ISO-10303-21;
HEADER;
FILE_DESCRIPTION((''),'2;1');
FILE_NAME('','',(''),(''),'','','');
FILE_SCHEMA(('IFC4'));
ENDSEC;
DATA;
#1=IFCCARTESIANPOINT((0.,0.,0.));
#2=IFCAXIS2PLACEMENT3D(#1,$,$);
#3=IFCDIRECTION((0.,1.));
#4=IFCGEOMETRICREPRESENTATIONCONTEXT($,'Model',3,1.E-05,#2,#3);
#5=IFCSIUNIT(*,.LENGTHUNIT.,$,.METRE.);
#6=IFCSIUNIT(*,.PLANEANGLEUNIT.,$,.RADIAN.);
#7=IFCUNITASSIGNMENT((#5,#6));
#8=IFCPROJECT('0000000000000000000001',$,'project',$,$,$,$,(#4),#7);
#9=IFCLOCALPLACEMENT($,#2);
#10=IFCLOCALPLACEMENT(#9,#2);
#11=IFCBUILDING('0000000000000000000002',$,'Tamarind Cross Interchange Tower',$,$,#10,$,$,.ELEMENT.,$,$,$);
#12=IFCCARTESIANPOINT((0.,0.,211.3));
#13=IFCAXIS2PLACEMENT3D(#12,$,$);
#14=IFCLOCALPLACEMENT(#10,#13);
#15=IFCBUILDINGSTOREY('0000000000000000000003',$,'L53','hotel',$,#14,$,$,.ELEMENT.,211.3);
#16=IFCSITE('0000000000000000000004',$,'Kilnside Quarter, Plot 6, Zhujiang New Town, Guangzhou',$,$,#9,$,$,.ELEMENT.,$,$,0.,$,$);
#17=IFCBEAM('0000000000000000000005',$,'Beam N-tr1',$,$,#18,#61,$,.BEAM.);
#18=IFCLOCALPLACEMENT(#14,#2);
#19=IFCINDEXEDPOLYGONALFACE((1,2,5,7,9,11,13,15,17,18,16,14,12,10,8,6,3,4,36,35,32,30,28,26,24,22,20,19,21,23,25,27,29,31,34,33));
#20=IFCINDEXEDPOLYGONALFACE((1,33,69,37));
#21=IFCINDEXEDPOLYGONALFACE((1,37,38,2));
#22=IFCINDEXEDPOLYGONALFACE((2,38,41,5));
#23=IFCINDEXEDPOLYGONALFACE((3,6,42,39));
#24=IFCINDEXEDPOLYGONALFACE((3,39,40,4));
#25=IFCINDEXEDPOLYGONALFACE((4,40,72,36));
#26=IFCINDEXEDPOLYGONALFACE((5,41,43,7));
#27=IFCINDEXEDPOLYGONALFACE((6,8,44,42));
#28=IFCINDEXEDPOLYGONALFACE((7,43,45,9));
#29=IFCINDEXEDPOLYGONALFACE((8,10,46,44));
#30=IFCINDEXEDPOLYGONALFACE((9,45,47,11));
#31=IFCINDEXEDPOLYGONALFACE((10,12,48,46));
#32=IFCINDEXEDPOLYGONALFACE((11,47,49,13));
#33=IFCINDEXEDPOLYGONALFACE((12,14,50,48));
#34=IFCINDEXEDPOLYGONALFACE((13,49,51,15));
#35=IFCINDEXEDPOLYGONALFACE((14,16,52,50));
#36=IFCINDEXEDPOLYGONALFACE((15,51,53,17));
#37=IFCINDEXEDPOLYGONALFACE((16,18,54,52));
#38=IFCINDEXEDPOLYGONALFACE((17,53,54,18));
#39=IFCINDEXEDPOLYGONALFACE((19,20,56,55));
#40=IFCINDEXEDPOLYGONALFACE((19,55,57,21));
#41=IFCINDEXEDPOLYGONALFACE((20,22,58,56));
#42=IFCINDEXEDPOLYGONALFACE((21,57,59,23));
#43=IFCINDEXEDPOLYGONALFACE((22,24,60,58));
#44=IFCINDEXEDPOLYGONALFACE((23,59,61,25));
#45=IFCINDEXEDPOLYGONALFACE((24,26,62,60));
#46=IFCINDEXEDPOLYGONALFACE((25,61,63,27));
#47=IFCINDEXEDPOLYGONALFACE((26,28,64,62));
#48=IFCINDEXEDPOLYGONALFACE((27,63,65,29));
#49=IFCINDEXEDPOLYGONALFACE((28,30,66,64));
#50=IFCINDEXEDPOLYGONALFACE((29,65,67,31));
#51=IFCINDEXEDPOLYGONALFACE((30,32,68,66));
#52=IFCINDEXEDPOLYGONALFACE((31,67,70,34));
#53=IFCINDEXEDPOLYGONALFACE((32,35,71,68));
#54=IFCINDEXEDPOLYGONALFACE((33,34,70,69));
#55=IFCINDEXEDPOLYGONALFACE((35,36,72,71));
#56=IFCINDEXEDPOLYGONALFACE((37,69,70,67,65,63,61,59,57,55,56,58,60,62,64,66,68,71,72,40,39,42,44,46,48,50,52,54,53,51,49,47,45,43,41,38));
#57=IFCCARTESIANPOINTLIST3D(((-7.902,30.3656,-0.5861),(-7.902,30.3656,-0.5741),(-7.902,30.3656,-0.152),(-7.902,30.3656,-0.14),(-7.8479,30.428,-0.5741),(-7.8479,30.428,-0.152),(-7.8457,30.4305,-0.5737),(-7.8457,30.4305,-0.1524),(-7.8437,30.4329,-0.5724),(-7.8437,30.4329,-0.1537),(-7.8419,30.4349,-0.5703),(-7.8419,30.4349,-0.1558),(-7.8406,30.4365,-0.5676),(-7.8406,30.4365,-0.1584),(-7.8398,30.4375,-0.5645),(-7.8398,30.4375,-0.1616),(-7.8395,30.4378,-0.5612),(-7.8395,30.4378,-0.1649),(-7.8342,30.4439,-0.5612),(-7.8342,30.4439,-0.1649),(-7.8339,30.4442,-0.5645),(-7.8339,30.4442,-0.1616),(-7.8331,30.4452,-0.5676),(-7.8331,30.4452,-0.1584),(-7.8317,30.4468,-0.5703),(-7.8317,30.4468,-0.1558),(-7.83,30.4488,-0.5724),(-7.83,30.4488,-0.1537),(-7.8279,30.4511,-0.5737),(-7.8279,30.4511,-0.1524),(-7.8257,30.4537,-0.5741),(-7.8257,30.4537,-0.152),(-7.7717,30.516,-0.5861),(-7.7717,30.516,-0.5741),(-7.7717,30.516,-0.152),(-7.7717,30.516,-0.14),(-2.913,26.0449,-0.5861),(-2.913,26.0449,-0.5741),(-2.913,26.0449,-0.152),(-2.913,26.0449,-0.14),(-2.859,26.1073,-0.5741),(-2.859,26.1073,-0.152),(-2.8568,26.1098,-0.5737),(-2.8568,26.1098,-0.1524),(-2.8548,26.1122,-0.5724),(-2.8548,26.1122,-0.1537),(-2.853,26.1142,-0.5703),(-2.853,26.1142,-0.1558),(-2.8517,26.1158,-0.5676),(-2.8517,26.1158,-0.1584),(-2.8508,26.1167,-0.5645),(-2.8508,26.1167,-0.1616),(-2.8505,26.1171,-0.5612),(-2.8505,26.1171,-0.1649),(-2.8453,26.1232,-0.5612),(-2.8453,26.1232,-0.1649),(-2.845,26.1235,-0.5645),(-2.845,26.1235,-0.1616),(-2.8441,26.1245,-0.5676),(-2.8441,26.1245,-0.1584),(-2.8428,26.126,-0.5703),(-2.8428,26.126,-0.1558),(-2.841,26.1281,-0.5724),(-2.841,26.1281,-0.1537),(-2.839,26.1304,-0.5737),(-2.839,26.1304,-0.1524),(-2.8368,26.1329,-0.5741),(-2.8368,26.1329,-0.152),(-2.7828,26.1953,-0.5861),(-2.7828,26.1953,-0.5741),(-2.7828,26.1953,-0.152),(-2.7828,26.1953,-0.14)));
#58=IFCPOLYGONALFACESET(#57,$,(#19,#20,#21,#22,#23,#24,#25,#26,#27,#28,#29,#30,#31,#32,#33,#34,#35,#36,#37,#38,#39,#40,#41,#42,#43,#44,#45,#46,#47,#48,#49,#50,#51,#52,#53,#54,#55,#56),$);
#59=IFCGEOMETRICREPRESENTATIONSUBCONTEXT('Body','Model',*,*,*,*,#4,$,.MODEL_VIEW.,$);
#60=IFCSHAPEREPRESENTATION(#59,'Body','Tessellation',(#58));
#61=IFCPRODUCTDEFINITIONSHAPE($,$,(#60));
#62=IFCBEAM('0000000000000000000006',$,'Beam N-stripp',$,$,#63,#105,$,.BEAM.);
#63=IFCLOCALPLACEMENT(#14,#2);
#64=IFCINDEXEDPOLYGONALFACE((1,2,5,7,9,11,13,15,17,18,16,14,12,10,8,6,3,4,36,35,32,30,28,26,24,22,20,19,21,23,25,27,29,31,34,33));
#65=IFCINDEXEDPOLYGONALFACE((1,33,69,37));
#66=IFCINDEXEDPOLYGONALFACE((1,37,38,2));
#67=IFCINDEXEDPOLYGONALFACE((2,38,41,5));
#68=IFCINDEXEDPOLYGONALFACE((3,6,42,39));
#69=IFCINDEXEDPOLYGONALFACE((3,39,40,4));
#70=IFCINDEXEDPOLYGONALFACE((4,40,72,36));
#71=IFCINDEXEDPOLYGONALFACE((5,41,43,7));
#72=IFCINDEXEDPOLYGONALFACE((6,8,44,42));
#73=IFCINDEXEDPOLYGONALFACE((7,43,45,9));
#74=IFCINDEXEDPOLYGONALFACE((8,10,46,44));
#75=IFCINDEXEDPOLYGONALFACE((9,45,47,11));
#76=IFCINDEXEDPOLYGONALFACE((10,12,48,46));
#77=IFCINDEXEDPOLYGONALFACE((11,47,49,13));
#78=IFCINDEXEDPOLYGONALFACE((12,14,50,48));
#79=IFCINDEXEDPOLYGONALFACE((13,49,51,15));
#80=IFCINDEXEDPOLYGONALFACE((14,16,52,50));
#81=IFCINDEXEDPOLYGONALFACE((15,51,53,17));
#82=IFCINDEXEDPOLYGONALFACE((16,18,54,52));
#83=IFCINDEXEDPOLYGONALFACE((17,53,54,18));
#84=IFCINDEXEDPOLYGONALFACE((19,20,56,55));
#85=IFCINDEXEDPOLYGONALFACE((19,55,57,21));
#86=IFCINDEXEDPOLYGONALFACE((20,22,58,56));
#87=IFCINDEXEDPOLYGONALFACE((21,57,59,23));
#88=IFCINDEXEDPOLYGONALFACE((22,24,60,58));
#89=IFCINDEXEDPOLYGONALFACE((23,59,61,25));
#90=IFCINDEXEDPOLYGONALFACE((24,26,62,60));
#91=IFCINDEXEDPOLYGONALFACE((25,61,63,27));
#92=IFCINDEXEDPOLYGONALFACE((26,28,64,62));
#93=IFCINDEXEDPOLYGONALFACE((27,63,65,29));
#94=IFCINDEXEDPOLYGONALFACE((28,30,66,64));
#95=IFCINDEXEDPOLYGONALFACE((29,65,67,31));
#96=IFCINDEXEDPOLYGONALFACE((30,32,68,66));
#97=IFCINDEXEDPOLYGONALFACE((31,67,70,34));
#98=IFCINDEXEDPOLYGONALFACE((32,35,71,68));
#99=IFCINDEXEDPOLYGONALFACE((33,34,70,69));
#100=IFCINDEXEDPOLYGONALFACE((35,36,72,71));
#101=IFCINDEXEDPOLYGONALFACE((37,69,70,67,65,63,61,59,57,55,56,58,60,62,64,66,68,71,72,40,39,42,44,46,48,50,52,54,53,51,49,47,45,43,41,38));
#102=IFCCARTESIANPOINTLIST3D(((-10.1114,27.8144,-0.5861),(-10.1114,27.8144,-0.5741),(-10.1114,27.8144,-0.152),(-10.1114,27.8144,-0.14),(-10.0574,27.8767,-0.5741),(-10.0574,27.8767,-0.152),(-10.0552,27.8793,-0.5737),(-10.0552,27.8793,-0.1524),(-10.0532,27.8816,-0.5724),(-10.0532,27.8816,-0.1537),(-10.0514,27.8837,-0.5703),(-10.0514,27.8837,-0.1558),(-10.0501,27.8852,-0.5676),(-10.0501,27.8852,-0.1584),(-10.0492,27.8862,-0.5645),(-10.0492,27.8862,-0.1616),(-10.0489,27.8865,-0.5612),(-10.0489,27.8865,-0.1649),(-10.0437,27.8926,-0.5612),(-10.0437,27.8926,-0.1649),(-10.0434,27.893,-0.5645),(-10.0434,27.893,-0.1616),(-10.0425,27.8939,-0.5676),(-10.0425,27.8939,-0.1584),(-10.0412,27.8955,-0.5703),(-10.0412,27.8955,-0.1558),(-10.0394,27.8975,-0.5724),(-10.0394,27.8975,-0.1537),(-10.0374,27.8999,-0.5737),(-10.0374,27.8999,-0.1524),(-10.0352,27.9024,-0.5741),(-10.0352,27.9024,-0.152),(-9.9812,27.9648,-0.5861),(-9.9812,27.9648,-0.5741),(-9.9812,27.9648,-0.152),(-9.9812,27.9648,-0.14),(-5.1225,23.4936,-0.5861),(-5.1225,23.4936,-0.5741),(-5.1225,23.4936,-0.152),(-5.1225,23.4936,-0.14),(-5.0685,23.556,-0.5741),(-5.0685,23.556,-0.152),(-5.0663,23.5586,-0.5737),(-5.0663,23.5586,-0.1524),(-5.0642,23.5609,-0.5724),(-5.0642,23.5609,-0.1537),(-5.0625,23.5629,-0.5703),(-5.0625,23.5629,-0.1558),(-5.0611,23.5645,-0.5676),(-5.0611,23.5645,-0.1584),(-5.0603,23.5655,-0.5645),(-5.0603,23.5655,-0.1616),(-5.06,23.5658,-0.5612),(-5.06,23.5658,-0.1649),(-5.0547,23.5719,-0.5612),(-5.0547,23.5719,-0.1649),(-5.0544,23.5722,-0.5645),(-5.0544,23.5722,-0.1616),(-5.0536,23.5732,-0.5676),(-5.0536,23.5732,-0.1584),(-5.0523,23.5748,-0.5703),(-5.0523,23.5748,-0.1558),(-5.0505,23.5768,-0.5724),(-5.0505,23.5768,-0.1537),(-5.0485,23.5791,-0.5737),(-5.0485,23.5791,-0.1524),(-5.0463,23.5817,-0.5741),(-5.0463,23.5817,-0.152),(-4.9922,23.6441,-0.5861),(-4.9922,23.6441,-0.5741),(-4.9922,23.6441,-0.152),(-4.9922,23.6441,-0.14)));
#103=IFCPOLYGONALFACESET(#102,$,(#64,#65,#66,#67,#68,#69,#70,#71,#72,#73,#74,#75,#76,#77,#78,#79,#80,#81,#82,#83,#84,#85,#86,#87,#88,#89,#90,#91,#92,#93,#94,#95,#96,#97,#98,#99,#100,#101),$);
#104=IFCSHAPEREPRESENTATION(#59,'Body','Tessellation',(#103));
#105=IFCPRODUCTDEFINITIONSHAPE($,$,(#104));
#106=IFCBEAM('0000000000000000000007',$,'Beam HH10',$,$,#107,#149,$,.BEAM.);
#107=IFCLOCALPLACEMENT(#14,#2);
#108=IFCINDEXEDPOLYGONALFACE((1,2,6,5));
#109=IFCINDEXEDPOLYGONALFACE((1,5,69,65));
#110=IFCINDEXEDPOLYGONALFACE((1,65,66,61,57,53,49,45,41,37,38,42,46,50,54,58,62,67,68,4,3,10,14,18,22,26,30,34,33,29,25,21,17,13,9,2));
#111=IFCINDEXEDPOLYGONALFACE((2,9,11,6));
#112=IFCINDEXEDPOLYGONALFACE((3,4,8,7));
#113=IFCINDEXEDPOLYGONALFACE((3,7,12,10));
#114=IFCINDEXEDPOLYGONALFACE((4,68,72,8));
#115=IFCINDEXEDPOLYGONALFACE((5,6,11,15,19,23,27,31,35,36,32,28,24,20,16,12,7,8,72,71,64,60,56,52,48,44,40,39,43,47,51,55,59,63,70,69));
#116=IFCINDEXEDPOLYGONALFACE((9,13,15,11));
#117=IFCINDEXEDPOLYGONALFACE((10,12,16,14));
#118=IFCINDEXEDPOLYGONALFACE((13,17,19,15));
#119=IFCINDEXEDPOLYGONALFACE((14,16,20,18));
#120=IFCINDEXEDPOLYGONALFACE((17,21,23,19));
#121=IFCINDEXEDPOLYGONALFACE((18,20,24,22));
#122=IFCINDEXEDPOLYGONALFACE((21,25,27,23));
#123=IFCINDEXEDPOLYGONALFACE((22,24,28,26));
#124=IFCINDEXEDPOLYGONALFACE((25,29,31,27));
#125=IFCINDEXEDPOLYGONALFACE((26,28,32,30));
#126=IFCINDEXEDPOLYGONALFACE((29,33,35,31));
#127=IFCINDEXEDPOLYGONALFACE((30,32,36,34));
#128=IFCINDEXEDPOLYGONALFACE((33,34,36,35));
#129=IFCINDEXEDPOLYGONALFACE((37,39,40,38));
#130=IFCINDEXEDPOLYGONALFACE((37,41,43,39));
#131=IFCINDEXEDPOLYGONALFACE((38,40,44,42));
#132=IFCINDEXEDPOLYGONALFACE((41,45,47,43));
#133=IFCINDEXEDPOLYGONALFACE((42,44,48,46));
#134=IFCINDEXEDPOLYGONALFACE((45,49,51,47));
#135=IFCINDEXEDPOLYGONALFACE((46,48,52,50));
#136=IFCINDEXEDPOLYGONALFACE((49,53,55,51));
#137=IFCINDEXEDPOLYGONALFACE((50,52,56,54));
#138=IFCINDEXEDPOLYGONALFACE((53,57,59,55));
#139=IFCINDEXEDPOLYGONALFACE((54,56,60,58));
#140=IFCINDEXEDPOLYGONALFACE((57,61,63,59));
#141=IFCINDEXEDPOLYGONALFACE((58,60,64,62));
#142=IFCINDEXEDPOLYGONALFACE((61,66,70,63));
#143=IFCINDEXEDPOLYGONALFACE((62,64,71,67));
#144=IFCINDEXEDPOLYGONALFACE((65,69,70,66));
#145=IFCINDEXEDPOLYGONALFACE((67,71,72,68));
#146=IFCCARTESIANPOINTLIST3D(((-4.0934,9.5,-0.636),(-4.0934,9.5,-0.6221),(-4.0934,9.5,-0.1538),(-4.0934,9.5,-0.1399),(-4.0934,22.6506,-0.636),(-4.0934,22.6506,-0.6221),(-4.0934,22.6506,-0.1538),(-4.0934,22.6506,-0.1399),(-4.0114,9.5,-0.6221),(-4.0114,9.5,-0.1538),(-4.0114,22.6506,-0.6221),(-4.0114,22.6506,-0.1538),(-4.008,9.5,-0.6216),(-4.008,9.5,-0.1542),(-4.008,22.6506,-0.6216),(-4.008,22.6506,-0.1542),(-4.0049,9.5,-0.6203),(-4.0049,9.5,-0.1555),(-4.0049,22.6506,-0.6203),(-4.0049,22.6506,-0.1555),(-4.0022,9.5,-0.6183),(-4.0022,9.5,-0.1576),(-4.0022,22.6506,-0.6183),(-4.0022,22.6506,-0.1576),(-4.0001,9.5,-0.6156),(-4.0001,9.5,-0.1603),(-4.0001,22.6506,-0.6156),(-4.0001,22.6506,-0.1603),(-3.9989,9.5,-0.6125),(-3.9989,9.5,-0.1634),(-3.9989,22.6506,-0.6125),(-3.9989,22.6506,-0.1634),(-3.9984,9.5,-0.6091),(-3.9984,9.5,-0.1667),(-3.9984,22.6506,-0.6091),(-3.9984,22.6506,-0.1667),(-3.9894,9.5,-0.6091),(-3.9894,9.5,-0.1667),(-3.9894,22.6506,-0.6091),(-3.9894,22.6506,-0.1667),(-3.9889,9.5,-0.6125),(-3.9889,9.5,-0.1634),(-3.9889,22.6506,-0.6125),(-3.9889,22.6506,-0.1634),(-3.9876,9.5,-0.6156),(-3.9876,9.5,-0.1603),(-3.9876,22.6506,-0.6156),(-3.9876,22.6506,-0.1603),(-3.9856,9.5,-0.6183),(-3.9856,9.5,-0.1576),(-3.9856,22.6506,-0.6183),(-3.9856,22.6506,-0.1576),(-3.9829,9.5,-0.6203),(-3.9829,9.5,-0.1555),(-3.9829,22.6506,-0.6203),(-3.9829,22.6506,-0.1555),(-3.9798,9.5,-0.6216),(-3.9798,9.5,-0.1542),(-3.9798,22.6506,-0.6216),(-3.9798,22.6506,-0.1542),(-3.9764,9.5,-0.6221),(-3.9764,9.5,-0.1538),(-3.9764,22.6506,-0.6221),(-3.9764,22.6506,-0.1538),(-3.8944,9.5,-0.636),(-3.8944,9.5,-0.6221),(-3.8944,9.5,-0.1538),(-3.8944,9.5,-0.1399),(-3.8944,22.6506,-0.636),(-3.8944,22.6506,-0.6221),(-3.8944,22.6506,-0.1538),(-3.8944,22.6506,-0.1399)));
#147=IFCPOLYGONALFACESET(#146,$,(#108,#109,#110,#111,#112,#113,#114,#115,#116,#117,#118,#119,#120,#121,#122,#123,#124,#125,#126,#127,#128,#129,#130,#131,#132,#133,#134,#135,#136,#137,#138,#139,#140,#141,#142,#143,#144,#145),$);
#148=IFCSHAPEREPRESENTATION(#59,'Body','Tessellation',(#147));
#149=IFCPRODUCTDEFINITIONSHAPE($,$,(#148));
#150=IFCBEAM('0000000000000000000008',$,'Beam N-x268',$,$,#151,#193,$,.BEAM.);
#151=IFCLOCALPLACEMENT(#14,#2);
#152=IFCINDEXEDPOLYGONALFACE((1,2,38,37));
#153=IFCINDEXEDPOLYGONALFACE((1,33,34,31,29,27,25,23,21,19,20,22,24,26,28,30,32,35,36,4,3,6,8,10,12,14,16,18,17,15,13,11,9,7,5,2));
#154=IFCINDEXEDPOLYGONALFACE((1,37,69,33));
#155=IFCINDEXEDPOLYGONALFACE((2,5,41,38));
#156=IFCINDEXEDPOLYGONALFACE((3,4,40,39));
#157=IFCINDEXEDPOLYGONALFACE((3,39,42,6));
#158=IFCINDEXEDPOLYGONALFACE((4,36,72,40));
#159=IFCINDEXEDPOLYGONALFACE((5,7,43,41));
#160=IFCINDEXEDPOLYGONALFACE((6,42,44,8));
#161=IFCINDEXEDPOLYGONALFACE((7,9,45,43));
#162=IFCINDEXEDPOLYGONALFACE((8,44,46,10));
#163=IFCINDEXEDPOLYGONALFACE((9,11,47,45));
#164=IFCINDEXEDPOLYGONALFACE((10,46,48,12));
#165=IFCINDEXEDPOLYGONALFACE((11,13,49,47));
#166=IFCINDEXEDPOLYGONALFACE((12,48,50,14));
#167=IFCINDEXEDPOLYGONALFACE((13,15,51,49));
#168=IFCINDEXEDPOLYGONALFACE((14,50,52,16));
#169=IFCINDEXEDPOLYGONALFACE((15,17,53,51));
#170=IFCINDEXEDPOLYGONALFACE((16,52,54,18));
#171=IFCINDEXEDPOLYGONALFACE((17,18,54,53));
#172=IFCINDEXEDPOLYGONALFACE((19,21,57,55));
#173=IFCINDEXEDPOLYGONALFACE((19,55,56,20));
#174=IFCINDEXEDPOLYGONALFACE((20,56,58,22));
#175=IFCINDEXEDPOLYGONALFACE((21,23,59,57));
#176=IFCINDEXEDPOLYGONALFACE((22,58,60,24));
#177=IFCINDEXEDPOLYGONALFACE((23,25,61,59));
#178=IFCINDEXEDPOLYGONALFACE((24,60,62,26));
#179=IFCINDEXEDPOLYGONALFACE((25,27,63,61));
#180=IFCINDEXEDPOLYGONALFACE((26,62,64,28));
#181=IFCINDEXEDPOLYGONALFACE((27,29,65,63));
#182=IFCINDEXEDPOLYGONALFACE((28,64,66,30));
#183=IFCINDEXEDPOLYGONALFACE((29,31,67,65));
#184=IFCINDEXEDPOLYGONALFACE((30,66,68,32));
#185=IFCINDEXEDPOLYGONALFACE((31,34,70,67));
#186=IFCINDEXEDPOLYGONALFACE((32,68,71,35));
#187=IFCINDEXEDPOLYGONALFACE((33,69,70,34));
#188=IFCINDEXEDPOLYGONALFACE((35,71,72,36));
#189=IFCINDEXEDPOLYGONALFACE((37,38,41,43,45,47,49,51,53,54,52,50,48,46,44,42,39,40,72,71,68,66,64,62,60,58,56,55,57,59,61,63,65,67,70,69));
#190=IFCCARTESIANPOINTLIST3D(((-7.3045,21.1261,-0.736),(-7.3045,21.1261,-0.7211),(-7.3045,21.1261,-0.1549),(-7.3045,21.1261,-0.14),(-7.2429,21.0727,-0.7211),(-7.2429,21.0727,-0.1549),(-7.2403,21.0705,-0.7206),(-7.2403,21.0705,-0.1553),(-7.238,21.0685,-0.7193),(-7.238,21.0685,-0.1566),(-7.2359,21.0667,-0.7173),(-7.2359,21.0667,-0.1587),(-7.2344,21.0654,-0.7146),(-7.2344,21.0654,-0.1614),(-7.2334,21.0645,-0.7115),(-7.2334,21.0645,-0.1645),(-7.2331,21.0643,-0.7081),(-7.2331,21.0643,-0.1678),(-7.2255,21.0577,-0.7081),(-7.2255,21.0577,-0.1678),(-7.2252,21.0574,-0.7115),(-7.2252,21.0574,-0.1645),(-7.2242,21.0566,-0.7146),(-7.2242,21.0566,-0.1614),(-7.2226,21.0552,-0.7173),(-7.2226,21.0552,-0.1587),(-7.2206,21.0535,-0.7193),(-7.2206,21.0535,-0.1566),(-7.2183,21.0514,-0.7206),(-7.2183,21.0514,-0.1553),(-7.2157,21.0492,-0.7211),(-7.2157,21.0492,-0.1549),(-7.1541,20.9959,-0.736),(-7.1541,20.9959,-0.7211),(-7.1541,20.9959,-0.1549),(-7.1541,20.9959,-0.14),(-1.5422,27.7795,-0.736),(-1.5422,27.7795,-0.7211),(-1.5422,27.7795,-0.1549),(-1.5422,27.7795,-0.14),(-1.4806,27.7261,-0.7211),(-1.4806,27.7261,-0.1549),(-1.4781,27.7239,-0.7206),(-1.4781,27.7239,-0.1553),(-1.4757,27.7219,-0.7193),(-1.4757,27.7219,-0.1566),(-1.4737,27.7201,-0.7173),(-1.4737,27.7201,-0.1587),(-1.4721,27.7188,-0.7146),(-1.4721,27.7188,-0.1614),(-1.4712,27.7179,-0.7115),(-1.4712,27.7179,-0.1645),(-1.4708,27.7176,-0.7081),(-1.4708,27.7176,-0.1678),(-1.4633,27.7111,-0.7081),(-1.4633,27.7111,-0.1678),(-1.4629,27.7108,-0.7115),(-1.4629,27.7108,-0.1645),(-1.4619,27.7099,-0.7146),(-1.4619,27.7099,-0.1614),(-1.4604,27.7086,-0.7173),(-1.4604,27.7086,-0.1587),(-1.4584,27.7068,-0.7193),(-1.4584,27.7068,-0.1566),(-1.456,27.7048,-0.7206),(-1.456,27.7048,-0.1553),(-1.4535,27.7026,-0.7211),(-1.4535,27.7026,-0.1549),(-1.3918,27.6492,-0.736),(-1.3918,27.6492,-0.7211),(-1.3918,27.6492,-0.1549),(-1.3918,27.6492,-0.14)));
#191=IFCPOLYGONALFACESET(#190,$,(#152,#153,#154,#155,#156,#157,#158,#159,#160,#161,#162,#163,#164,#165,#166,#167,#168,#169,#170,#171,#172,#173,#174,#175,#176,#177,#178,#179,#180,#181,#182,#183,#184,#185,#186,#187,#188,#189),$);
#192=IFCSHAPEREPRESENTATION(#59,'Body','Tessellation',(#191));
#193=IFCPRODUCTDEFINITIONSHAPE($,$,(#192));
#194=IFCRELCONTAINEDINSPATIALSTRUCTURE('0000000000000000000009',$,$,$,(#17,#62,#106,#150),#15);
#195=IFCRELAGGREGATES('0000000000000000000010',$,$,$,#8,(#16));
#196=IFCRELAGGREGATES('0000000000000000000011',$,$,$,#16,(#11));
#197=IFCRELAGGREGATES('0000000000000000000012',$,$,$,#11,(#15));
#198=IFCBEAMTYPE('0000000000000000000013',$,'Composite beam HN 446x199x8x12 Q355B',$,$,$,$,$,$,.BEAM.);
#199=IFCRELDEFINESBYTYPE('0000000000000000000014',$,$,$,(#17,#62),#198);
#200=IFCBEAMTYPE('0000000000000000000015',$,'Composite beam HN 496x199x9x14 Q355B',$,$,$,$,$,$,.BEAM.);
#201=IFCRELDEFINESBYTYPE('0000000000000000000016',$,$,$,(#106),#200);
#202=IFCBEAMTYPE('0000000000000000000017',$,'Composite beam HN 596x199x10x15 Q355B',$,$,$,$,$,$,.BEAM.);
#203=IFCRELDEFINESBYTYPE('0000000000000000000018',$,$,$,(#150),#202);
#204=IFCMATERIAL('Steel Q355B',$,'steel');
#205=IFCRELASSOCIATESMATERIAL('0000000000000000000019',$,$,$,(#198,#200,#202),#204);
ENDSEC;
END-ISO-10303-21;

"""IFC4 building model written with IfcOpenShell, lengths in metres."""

from ifc_helpers import new_model, si_unit, direction, frame, origin, origin_2d, place, context, subcontext, project, spatial, i_section, extrude, material, material_profile, profile_set, type_object, element, save


model = new_model("IFC4")

# Units and contexts
model_context = context("Model", 3, precision=1e-05, world=origin(), true_north=direction((0.0, 1.0)))
body_context = subcontext(model_context, "Body", "Model", "MODEL_VIEW")
ifc_project = project(units=[si_unit("LENGTHUNIT", "METRE"), si_unit("PLANEANGLEUNIT", "RADIAN")], contexts=[model_context])

# Site, building, storey
site_placement = place(None, origin())
site = spatial("IfcSite", under=ifc_project, at=site_placement, Name="Kilnside Quarter, Plot 6, Zhujiang New Town, Guangzhou", CompositionType="ELEMENT", RefElevation=0.0)
building_placement = place(site_placement, origin())
building = spatial("IfcBuilding", under=site, at=building_placement, Name="Tamarind Cross Interchange Tower", CompositionType="ELEMENT")
storey_placement = place(building_placement, frame((0.0, 0.0, 211.3)))
storey = spatial("IfcBuildingStorey", under=building, at=storey_placement, Name="L53", Description="hotel", CompositionType="ELEMENT", Elevation=211.3)

# Beams
ifc_material_1 = material(Name="Steel Q355B", Category="steel")
ifc_material_profile_1 = material_profile(ifc_material_1, i_section(OverallWidth=0.199, OverallDepth=0.446, WebThickness=0.0081, FlangeThickness=0.012, FilletRadius=0.0129, at=origin_2d()), Name="HN 446x199x8x12")
ifc_profile_set_1 = profile_set([ifc_material_profile_1], Name="Steel Q355B")
beam_type_1 = type_object("IfcBeamType", Name="Composite beam HN 446x199x8x12 Q355B", PredefinedType="BEAM", material=ifc_profile_set_1)
for number, where, z_axis, x_axis, name in (
    (1, (-2.8479, 26.1201, -0.363), (-0.755915, 0.65467, 0.0), (-0.65467, -0.755915, 0.0), "Beam N-tr1"),
    (2, (-5.0574, 23.5688, -0.363), (-0.755915, 0.65467, 0.0), (-0.65467, -0.755915, 0.0), "Beam N-stripp"),
):
    element("IfcBeam", number, at=place(storey_placement, frame(where, z_axis=z_axis, x_axis=x_axis)), inside=storey, type_object=beam_type_1, Name=name, PredefinedType="BEAM", context=body_context, shape_type="SweptSolid", body=[
        extrude(i_section(OverallWidth=0.199, OverallDepth=0.446, WebThickness=0.0081, FlangeThickness=0.012, FilletRadius=0.0129, at=origin_2d()), origin(), (0.0, 0.0, 1.0), 6.5999),
    ])
ifc_material_profile_2 = material_profile(ifc_material_1, i_section(OverallWidth=0.199, OverallDepth=0.4961, WebThickness=0.009, FlangeThickness=0.0139, FilletRadius=0.0129, at=origin_2d()), Name="HN 496x199x9x14")
ifc_profile_set_2 = profile_set([ifc_material_profile_2], Name="Steel Q355B")
beam_type_2 = type_object("IfcBeamType", Name="Composite beam HN 496x199x9x14 Q355B", PredefinedType="BEAM", material=ifc_profile_set_2)
beam_1_placement = place(storey_placement, frame((-3.9939, 22.6506, -0.3879), z_axis=(0.0, -1.0, 0.0), x_axis=(1.0, 0.0, 0.0)))
element("IfcBeam", 3, at=beam_1_placement, inside=storey, type_object=beam_type_2, Name="Beam HH10", PredefinedType="BEAM", context=body_context, shape_type="SweptSolid", body=[
    extrude(i_section(OverallWidth=0.199, OverallDepth=0.4961, WebThickness=0.009, FlangeThickness=0.0139, FilletRadius=0.0129, at=origin_2d()), origin(), (0.0, 0.0, 1.0), 13.1506),
])
ifc_material_profile_3 = material_profile(ifc_material_1, i_section(OverallWidth=0.199, OverallDepth=0.5959, WebThickness=0.01, FlangeThickness=0.0149, FilletRadius=0.0129, at=origin_2d()), Name="HN 596x199x10x15")
ifc_profile_set_3 = profile_set([ifc_material_profile_3], Name="Steel Q355B")
beam_type_3 = type_object("IfcBeamType", Name="Composite beam HN 596x199x10x15 Q355B", PredefinedType="BEAM", material=ifc_profile_set_3)
beam_2_placement = place(storey_placement, frame((-1.467, 27.7144, -0.438), z_axis=(-0.654671, -0.755914, 0.0), x_axis=(0.755914, -0.654671, 0.0)))
element("IfcBeam", 4, at=beam_2_placement, inside=storey, type_object=beam_type_3, Name="Beam N-x268", PredefinedType="BEAM", context=body_context, shape_type="SweptSolid", body=[
    extrude(i_section(OverallWidth=0.199, OverallDepth=0.5959, WebThickness=0.01, FlangeThickness=0.0149, FilletRadius=0.0129, at=origin_2d()), origin(), (0.0, 0.0, 1.0), 8.8018),
])

save(model, "model.ifc")
